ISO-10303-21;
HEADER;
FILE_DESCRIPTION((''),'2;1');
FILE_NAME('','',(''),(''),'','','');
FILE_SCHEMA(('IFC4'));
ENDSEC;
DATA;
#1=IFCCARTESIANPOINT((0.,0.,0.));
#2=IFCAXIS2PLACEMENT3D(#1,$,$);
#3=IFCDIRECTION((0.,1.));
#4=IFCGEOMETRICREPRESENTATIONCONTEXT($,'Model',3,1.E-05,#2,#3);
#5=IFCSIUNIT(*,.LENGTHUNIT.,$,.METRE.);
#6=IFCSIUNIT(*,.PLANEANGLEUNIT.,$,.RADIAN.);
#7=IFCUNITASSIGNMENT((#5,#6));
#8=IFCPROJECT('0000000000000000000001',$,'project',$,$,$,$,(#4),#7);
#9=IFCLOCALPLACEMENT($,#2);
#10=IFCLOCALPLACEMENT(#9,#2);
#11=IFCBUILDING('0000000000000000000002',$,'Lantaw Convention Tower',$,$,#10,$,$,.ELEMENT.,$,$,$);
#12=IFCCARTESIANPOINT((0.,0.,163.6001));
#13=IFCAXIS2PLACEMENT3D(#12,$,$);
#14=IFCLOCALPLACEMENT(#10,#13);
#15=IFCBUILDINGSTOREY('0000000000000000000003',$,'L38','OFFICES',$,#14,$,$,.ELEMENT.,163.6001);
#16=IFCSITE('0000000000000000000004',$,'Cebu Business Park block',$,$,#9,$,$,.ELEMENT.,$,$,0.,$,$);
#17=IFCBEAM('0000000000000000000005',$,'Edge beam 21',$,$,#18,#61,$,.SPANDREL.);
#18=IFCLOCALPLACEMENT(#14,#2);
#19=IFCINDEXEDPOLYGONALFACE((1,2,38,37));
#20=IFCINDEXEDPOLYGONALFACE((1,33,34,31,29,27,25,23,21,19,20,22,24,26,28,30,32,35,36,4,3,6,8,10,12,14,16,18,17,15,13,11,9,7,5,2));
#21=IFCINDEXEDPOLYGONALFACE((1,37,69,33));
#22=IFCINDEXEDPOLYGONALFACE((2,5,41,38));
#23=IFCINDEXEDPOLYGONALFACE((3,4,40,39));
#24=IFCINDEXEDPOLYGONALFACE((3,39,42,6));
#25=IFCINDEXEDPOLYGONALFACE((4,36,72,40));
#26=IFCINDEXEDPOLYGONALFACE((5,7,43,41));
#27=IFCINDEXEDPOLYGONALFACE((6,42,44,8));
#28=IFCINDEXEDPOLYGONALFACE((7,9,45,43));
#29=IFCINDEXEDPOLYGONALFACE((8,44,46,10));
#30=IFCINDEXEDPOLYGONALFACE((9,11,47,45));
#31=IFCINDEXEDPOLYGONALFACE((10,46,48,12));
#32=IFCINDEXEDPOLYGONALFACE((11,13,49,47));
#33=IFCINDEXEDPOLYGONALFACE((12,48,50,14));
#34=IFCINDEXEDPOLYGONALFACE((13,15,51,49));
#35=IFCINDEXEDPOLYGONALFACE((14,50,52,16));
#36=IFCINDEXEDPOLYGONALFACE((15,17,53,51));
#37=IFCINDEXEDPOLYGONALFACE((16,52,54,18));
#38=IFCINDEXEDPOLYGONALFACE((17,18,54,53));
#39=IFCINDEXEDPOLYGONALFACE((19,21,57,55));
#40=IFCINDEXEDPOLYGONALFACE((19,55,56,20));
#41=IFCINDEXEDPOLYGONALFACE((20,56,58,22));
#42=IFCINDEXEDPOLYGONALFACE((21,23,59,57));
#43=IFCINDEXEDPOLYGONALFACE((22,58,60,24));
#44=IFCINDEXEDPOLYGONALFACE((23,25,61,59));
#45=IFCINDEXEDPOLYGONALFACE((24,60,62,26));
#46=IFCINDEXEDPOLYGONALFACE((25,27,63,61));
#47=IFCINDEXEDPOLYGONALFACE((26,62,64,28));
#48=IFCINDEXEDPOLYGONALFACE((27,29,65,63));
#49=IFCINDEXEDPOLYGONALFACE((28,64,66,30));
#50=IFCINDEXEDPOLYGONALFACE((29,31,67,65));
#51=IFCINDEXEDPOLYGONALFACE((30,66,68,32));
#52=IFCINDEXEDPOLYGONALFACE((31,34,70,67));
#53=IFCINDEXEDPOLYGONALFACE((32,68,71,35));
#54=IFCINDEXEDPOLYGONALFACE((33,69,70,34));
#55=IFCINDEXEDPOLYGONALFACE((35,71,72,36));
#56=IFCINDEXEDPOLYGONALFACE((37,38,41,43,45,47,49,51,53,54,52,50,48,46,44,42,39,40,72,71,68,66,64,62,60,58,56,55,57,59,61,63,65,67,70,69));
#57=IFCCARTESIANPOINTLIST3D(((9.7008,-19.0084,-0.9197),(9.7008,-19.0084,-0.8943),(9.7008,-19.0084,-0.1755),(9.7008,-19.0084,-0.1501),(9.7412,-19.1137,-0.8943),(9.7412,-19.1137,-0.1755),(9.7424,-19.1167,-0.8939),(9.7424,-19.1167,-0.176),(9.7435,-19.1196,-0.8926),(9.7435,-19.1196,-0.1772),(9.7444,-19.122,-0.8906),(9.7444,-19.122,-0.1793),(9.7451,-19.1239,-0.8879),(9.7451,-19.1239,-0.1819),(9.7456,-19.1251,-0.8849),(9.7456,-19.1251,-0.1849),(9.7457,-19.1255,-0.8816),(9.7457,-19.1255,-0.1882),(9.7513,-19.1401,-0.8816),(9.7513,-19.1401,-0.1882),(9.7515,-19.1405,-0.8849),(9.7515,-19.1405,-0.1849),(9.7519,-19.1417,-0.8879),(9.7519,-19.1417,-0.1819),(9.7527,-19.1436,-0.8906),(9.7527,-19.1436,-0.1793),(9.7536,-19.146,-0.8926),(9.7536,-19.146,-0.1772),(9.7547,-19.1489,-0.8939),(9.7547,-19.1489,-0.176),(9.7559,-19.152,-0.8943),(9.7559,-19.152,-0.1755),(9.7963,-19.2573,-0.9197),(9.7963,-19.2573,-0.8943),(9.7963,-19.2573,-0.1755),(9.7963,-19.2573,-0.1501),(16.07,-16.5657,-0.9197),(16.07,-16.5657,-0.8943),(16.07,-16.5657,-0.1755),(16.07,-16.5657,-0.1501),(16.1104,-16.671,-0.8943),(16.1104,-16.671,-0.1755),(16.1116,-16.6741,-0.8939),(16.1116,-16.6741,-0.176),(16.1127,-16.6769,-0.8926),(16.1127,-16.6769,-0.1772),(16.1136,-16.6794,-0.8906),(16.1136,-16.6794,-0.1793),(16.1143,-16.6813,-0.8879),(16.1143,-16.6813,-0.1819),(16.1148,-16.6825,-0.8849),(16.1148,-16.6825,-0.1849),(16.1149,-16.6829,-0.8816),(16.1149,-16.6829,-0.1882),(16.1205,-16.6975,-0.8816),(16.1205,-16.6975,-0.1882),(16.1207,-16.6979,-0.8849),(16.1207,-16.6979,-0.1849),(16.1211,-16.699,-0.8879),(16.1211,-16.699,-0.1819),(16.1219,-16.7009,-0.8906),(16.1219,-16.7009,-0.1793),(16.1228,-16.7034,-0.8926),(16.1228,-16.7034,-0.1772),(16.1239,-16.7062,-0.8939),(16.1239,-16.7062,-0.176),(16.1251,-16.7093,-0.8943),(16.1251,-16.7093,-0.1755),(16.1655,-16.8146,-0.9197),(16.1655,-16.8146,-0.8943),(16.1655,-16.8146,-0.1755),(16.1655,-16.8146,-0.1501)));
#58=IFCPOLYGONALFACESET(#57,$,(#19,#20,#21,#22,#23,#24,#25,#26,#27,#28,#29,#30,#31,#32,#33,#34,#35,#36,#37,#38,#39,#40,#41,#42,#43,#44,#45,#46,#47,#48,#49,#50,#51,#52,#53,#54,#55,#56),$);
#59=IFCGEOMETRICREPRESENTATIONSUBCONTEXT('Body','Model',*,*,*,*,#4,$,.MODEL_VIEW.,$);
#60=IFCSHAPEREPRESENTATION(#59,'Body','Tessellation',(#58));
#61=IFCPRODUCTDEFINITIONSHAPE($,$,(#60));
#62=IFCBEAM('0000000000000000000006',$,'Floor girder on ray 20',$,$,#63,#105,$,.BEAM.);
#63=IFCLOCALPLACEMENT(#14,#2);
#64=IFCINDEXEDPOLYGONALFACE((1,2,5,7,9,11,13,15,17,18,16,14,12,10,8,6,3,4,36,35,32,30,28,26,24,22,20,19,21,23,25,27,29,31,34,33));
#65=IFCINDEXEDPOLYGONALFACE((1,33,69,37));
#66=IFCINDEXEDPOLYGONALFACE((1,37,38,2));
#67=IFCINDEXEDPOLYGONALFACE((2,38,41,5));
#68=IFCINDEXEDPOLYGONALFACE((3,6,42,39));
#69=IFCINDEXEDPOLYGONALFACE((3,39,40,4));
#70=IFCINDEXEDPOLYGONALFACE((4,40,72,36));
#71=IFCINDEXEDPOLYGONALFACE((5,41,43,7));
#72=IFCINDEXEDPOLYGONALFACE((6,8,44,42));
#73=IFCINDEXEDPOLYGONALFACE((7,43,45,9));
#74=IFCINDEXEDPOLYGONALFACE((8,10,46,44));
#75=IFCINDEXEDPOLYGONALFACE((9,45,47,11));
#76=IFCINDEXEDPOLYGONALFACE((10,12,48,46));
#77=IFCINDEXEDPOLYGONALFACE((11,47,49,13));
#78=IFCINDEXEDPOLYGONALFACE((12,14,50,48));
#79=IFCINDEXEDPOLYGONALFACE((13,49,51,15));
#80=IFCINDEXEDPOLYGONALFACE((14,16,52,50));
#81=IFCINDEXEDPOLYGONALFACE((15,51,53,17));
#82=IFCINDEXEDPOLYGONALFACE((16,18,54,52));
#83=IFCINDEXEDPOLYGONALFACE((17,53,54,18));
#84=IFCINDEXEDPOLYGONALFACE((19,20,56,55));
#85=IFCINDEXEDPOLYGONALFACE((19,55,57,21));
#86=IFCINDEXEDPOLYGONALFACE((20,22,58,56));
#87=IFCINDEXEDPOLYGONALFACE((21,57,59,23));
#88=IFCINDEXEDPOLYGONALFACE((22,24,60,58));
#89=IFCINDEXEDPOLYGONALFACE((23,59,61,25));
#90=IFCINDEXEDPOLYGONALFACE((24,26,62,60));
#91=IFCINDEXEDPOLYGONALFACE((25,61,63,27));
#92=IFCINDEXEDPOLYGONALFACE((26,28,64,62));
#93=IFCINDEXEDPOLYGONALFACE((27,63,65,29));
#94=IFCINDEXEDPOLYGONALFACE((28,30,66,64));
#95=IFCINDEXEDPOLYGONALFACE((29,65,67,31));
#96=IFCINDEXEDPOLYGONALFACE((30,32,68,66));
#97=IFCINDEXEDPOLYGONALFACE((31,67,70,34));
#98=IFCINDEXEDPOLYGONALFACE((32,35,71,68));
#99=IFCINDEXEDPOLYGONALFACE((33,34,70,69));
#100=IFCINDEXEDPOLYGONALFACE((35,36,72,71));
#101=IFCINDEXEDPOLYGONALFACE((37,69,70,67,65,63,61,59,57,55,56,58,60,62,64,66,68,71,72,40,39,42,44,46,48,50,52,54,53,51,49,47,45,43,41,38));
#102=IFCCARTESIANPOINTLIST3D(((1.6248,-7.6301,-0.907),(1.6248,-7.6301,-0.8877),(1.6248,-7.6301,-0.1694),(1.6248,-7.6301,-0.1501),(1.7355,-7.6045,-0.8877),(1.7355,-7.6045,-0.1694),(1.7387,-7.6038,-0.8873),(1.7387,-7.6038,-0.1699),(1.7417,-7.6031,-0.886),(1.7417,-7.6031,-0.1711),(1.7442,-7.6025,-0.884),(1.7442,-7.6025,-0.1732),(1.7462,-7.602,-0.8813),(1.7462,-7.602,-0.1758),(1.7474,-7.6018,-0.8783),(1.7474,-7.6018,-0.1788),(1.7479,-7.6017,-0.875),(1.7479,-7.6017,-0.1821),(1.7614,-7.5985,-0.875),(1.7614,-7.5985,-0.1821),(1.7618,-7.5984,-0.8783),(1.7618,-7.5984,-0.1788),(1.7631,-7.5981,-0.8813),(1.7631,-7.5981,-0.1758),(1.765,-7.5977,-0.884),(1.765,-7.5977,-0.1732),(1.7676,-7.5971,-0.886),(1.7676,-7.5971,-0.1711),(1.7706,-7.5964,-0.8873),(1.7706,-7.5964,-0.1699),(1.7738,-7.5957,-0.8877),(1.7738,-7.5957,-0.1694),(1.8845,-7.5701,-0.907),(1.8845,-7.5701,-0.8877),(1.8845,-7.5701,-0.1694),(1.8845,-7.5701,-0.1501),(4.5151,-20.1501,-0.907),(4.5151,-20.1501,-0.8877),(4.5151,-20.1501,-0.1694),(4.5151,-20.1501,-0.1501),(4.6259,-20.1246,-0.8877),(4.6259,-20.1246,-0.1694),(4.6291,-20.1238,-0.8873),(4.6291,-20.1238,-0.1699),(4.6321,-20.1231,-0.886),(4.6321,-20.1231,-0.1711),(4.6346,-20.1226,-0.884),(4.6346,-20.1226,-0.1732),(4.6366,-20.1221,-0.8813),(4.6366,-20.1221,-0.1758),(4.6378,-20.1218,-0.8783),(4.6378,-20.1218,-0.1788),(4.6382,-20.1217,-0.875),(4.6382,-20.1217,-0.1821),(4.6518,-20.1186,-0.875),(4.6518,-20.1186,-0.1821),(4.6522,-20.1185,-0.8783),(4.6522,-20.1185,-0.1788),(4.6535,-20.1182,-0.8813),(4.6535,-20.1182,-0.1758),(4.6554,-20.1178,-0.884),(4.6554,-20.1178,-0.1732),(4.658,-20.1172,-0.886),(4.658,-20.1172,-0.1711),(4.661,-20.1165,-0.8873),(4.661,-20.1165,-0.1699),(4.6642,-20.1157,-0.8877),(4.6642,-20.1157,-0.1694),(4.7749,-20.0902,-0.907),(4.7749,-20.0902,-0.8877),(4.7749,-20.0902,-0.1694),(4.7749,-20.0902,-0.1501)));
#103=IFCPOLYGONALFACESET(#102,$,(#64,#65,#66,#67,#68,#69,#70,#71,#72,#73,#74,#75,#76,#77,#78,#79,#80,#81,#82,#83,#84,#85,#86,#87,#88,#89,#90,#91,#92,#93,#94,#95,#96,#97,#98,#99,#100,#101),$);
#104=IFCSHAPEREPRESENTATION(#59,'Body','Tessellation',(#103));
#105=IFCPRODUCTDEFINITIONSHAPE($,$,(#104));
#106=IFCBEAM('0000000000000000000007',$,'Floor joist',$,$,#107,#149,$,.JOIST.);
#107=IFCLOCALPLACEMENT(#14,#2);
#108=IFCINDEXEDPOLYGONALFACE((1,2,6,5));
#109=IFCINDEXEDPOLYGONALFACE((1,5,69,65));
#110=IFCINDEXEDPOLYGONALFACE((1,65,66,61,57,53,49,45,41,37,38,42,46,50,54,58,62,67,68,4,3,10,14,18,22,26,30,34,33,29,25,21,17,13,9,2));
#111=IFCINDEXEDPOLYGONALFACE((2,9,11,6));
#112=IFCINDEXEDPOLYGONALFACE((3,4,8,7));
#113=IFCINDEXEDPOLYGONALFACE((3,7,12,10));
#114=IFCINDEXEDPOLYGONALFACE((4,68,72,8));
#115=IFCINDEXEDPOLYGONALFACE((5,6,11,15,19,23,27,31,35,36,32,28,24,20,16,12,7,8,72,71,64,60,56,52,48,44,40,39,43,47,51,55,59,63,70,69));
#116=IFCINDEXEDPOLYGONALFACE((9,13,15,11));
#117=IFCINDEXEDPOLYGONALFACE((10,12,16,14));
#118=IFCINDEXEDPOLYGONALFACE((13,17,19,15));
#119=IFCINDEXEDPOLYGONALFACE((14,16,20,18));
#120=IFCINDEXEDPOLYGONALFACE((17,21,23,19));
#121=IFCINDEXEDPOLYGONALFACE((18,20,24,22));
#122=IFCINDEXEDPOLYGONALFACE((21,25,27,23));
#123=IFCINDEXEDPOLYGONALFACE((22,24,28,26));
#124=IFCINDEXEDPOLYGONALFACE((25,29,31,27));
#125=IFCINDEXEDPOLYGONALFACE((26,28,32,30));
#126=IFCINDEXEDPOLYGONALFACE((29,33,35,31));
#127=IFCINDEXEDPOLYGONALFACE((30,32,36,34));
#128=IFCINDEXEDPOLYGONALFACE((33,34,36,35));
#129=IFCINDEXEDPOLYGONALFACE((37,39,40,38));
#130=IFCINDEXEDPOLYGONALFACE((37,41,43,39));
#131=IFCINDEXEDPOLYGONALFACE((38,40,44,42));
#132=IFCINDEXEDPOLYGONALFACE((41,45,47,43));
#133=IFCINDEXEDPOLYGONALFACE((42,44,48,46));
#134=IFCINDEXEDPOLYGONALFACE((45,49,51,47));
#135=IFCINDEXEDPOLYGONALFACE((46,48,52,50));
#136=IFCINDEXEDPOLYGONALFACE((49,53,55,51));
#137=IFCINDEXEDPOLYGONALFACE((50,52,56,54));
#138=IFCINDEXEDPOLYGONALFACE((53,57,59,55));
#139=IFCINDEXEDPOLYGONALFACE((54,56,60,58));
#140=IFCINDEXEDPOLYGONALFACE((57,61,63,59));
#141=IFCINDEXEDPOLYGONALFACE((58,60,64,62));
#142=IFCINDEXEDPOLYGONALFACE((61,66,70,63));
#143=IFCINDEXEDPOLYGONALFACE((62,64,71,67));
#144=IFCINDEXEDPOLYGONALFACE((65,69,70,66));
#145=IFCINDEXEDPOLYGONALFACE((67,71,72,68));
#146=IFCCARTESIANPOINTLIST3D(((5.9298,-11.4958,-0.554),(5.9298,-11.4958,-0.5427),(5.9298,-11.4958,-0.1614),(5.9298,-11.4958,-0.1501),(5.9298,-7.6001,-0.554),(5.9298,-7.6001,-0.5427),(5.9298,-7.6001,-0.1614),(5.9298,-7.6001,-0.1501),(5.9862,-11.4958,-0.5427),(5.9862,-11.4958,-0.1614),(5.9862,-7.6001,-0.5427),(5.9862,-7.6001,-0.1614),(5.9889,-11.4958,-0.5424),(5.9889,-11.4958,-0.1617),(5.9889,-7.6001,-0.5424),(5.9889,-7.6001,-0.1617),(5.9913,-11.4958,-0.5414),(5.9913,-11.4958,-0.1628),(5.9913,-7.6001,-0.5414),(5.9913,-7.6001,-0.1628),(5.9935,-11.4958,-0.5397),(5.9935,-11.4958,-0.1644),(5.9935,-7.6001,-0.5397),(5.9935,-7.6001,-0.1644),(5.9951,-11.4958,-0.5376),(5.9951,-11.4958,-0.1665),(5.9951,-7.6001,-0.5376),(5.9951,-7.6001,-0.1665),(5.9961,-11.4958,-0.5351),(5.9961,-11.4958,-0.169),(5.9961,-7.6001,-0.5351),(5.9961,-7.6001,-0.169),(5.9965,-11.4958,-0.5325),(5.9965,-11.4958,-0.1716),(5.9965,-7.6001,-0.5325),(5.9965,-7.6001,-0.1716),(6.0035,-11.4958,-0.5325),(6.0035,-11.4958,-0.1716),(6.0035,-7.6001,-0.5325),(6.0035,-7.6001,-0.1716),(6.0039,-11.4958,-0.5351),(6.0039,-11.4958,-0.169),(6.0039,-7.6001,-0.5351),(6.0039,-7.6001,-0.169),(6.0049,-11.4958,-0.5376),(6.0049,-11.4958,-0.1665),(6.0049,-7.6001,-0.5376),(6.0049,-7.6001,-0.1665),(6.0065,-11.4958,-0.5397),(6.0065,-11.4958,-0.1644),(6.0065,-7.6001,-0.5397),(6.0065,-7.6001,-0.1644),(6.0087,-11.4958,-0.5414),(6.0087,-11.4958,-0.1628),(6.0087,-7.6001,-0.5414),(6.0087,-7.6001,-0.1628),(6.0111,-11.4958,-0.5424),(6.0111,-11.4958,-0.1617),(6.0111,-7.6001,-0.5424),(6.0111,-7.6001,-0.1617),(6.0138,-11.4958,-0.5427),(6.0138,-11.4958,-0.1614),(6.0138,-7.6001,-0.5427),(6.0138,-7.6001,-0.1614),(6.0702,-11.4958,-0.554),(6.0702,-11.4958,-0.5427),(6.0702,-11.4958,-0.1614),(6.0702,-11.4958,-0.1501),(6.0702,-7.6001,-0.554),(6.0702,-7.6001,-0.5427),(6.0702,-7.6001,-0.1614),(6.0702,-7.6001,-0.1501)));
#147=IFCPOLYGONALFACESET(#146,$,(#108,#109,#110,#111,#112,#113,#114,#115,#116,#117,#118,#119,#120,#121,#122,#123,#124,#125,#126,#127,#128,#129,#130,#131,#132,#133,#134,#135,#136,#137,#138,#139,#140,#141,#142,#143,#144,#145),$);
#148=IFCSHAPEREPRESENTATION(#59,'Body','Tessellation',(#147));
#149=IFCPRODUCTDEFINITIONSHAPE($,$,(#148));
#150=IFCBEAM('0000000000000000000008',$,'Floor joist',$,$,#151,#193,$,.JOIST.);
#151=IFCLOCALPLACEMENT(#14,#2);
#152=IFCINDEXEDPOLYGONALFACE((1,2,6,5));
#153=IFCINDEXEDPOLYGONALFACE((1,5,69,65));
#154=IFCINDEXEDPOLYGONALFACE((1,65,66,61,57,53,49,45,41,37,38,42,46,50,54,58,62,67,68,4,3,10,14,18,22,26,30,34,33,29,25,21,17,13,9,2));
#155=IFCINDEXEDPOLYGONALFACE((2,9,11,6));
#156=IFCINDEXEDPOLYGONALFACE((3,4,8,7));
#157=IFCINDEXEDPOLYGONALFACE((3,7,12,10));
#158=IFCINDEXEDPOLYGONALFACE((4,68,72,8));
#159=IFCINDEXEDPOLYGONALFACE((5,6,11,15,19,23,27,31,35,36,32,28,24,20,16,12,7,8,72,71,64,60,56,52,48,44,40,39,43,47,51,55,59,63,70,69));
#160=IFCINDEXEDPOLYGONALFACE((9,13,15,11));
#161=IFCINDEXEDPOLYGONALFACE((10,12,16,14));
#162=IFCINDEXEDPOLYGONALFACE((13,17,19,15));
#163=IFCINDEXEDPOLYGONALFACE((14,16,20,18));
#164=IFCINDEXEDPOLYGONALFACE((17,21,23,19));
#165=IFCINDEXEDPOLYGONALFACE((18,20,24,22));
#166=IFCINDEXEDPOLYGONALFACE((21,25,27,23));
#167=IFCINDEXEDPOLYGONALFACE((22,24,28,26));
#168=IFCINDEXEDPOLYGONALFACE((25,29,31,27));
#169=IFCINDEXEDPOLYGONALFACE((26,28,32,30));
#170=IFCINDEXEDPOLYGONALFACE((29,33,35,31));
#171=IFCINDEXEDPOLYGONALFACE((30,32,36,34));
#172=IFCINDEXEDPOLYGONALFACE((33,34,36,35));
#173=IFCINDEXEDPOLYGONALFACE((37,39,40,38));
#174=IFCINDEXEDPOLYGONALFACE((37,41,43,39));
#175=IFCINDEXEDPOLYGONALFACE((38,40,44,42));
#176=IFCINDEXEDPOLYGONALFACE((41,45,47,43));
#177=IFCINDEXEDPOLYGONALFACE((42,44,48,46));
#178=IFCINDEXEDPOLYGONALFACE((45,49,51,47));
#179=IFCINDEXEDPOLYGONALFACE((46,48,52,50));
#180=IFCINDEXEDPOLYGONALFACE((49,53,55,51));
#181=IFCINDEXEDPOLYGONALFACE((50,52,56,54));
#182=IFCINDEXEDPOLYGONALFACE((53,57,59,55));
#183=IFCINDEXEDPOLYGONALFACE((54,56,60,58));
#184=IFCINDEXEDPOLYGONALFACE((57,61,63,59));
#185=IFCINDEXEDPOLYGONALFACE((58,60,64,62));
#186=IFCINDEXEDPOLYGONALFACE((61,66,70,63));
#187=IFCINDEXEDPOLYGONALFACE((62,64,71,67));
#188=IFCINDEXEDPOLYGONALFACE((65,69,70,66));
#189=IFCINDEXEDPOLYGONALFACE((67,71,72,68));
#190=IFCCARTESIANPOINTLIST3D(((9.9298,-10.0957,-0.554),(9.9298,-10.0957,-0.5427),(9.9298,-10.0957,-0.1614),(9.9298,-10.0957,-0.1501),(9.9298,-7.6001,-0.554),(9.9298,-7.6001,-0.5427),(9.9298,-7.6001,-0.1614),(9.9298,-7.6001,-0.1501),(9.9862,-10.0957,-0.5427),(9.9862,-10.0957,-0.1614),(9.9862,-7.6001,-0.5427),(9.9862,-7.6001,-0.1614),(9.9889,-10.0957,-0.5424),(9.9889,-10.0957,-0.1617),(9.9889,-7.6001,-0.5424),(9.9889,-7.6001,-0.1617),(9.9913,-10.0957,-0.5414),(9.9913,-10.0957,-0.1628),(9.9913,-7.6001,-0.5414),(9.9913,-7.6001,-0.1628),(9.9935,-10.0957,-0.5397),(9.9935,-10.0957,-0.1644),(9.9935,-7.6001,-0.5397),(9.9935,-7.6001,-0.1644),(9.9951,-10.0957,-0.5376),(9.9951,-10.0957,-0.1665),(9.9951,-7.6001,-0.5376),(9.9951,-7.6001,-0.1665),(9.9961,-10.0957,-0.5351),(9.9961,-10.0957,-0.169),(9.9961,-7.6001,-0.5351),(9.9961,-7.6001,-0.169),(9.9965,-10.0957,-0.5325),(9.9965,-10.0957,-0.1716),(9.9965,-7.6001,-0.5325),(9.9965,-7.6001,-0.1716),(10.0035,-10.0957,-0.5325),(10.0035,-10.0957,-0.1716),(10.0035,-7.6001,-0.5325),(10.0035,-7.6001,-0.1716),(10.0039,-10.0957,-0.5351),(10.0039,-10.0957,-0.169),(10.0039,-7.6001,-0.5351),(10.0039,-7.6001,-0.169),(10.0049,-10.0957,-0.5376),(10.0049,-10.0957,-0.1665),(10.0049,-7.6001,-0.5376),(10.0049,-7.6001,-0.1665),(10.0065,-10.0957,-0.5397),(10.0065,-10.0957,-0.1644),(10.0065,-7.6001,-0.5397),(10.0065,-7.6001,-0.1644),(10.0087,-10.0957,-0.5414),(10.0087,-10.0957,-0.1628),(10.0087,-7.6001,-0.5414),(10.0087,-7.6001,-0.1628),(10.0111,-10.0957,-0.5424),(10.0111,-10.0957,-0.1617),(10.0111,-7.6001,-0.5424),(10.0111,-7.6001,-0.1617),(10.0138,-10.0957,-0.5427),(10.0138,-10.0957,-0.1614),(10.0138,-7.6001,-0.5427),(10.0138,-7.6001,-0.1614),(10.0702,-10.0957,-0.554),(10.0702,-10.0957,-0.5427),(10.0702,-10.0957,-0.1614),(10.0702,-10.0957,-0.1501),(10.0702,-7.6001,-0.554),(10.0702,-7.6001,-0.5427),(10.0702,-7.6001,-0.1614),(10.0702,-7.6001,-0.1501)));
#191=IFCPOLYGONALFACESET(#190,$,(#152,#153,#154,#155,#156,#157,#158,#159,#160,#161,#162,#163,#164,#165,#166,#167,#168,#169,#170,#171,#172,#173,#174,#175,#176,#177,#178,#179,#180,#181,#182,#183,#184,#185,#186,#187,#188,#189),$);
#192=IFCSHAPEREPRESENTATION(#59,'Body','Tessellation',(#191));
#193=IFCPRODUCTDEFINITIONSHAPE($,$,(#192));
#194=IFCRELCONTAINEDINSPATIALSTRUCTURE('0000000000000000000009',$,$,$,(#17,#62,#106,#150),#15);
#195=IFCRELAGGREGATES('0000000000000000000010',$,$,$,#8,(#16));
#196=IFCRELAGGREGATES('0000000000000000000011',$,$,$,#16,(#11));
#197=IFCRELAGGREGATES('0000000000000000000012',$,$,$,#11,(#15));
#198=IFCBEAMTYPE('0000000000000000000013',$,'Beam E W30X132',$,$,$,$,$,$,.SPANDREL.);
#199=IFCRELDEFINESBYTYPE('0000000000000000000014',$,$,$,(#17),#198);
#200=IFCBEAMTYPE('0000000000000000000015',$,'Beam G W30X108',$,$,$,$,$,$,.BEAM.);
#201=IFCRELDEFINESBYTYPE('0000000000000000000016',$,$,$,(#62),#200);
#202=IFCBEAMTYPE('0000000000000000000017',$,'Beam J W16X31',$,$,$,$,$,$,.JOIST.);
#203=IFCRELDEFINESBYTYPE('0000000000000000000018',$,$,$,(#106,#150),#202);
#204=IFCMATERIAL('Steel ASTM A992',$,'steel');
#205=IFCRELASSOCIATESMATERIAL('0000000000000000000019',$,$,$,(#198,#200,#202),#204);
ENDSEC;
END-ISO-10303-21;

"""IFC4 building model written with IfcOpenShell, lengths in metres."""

from ifc_helpers import new_model, si_unit, direction, frame, origin, origin_2d, place, context, subcontext, project, spatial, i_section, extrude, material, material_profile, profile_set, type_object, element, save


model = new_model("IFC4")

# Units and contexts
model_context = context("Model", 3, precision=1e-05, world=origin(), true_north=direction((0.0, 1.0)))
body_context = subcontext(model_context, "Body", "Model", "MODEL_VIEW")
ifc_project = project(units=[si_unit("LENGTHUNIT", "METRE"), si_unit("PLANEANGLEUNIT", "RADIAN")], contexts=[model_context])

# Site, building, storey
site_placement = place(None, origin())
site = spatial("IfcSite", under=ifc_project, at=site_placement, Name="Cebu Business Park block", CompositionType="ELEMENT", RefElevation=0.0)
building_placement = place(site_placement, origin())
building = spatial("IfcBuilding", under=site, at=building_placement, Name="Lantaw Convention Tower", CompositionType="ELEMENT")
storey_placement = place(building_placement, frame((0.0, 0.0, 163.6001)))
storey = spatial("IfcBuildingStorey", under=building, at=storey_placement, Name="L38", Description="OFFICES", CompositionType="ELEMENT", Elevation=163.6001)

# Beams
ifc_material_1 = material(Name="Steel ASTM A992", Category="steel")
ifc_material_profile_1 = material_profile(ifc_material_1, i_section(OverallWidth=0.2666, OverallDepth=0.7695, WebThickness=0.0156, FlangeThickness=0.0254, FilletRadius=0.0127, at=origin_2d()), Name="W30X132")
ifc_profile_set_1 = profile_set([ifc_material_profile_1], Name="Steel ASTM A992")
beam_type_1 = type_object("IfcBeamType", Name="Beam E W30X132", PredefinedType="SPANDREL", material=ifc_profile_set_1)
beam_1_placement = place(storey_placement, frame((9.7485, -19.1328, -0.5349), z_axis=(0.933691, 0.35808, 0.0), x_axis=(-0.35808, 0.933691, 0.0)))
element("IfcBeam", 1, at=beam_1_placement, inside=storey, type_object=beam_type_1, Name="Edge beam 21", PredefinedType="SPANDREL", context=body_context, shape_type="SweptSolid", body=[
    extrude(i_section(OverallWidth=0.2666, OverallDepth=0.7695, WebThickness=0.0156, FlangeThickness=0.0254, FilletRadius=0.0127, at=origin_2d()), origin(), (0.0, 0.0, 1.0), 6.8215),
])
ifc_material_profile_2 = material_profile(ifc_material_1, i_section(OverallWidth=0.2666, OverallDepth=0.7568, WebThickness=0.0139, FlangeThickness=0.0193, FilletRadius=0.0127, at=origin_2d()), Name="W30X108")
ifc_profile_set_2 = profile_set([ifc_material_profile_2], Name="Steel ASTM A992")
beam_type_2 = type_object("IfcBeamType", Name="Beam G W30X108", PredefinedType="BEAM", material=ifc_profile_set_2)
beam_2_placement = place(storey_placement, frame((1.7546, -7.6001, -0.5286), z_axis=(0.224944, -0.974372, 0.0), x_axis=(0.974372, 0.224944, 0.0)))
element("IfcBeam", 2, at=beam_2_placement, inside=storey, type_object=beam_type_2, Name="Floor girder on ray 20", PredefinedType="BEAM", context=body_context, shape_type="SweptSolid", body=[
    extrude(i_section(OverallWidth=0.2666, OverallDepth=0.7568, WebThickness=0.0139, FlangeThickness=0.0193, FilletRadius=0.0127, at=origin_2d()), origin(), (0.0, 0.0, 1.0), 12.8494),
])
ifc_material_profile_3 = material_profile(ifc_material_1, i_section(OverallWidth=0.1404, OverallDepth=0.4038, WebThickness=0.0071, FlangeThickness=0.0112, FilletRadius=0.0103, at=origin_2d()), Name="W16X31")
ifc_profile_set_3 = profile_set([ifc_material_profile_3], Name="Steel ASTM A992")
beam_type_3 = type_object("IfcBeamType", Name="Beam J W16X31", PredefinedType="JOIST", material=ifc_profile_set_3)
beam_3_placement = place(storey_placement, frame((6.0, -11.4958, -0.3521), z_axis=(0.0, 1.0, 0.0), x_axis=(-1.0, 0.0, 0.0)))
element("IfcBeam", 3, at=beam_3_placement, inside=storey, type_object=beam_type_3, Name="Floor joist", PredefinedType="JOIST", context=body_context, shape_type="SweptSolid", body=[
    extrude(i_section(OverallWidth=0.1404, OverallDepth=0.4038, WebThickness=0.0071, FlangeThickness=0.0112, FilletRadius=0.0103, at=origin_2d()), origin(), (0.0, 0.0, 1.0), 3.8958),
])
beam_4_placement = place(storey_placement, frame((10.0, -10.0957, -0.3521), z_axis=(0.0, 1.0, 0.0), x_axis=(-1.0, 0.0, 0.0)))
element("IfcBeam", 4, at=beam_4_placement, inside=storey, type_object=beam_type_3, Name="Floor joist", PredefinedType="JOIST", context=body_context, shape_type="SweptSolid", body=[
    extrude(i_section(OverallWidth=0.1404, OverallDepth=0.4038, WebThickness=0.0071, FlangeThickness=0.0112, FilletRadius=0.0103, at=origin_2d()), origin(), (0.0, 0.0, 1.0), 2.4956),
])

save(model, "model.ifc")
